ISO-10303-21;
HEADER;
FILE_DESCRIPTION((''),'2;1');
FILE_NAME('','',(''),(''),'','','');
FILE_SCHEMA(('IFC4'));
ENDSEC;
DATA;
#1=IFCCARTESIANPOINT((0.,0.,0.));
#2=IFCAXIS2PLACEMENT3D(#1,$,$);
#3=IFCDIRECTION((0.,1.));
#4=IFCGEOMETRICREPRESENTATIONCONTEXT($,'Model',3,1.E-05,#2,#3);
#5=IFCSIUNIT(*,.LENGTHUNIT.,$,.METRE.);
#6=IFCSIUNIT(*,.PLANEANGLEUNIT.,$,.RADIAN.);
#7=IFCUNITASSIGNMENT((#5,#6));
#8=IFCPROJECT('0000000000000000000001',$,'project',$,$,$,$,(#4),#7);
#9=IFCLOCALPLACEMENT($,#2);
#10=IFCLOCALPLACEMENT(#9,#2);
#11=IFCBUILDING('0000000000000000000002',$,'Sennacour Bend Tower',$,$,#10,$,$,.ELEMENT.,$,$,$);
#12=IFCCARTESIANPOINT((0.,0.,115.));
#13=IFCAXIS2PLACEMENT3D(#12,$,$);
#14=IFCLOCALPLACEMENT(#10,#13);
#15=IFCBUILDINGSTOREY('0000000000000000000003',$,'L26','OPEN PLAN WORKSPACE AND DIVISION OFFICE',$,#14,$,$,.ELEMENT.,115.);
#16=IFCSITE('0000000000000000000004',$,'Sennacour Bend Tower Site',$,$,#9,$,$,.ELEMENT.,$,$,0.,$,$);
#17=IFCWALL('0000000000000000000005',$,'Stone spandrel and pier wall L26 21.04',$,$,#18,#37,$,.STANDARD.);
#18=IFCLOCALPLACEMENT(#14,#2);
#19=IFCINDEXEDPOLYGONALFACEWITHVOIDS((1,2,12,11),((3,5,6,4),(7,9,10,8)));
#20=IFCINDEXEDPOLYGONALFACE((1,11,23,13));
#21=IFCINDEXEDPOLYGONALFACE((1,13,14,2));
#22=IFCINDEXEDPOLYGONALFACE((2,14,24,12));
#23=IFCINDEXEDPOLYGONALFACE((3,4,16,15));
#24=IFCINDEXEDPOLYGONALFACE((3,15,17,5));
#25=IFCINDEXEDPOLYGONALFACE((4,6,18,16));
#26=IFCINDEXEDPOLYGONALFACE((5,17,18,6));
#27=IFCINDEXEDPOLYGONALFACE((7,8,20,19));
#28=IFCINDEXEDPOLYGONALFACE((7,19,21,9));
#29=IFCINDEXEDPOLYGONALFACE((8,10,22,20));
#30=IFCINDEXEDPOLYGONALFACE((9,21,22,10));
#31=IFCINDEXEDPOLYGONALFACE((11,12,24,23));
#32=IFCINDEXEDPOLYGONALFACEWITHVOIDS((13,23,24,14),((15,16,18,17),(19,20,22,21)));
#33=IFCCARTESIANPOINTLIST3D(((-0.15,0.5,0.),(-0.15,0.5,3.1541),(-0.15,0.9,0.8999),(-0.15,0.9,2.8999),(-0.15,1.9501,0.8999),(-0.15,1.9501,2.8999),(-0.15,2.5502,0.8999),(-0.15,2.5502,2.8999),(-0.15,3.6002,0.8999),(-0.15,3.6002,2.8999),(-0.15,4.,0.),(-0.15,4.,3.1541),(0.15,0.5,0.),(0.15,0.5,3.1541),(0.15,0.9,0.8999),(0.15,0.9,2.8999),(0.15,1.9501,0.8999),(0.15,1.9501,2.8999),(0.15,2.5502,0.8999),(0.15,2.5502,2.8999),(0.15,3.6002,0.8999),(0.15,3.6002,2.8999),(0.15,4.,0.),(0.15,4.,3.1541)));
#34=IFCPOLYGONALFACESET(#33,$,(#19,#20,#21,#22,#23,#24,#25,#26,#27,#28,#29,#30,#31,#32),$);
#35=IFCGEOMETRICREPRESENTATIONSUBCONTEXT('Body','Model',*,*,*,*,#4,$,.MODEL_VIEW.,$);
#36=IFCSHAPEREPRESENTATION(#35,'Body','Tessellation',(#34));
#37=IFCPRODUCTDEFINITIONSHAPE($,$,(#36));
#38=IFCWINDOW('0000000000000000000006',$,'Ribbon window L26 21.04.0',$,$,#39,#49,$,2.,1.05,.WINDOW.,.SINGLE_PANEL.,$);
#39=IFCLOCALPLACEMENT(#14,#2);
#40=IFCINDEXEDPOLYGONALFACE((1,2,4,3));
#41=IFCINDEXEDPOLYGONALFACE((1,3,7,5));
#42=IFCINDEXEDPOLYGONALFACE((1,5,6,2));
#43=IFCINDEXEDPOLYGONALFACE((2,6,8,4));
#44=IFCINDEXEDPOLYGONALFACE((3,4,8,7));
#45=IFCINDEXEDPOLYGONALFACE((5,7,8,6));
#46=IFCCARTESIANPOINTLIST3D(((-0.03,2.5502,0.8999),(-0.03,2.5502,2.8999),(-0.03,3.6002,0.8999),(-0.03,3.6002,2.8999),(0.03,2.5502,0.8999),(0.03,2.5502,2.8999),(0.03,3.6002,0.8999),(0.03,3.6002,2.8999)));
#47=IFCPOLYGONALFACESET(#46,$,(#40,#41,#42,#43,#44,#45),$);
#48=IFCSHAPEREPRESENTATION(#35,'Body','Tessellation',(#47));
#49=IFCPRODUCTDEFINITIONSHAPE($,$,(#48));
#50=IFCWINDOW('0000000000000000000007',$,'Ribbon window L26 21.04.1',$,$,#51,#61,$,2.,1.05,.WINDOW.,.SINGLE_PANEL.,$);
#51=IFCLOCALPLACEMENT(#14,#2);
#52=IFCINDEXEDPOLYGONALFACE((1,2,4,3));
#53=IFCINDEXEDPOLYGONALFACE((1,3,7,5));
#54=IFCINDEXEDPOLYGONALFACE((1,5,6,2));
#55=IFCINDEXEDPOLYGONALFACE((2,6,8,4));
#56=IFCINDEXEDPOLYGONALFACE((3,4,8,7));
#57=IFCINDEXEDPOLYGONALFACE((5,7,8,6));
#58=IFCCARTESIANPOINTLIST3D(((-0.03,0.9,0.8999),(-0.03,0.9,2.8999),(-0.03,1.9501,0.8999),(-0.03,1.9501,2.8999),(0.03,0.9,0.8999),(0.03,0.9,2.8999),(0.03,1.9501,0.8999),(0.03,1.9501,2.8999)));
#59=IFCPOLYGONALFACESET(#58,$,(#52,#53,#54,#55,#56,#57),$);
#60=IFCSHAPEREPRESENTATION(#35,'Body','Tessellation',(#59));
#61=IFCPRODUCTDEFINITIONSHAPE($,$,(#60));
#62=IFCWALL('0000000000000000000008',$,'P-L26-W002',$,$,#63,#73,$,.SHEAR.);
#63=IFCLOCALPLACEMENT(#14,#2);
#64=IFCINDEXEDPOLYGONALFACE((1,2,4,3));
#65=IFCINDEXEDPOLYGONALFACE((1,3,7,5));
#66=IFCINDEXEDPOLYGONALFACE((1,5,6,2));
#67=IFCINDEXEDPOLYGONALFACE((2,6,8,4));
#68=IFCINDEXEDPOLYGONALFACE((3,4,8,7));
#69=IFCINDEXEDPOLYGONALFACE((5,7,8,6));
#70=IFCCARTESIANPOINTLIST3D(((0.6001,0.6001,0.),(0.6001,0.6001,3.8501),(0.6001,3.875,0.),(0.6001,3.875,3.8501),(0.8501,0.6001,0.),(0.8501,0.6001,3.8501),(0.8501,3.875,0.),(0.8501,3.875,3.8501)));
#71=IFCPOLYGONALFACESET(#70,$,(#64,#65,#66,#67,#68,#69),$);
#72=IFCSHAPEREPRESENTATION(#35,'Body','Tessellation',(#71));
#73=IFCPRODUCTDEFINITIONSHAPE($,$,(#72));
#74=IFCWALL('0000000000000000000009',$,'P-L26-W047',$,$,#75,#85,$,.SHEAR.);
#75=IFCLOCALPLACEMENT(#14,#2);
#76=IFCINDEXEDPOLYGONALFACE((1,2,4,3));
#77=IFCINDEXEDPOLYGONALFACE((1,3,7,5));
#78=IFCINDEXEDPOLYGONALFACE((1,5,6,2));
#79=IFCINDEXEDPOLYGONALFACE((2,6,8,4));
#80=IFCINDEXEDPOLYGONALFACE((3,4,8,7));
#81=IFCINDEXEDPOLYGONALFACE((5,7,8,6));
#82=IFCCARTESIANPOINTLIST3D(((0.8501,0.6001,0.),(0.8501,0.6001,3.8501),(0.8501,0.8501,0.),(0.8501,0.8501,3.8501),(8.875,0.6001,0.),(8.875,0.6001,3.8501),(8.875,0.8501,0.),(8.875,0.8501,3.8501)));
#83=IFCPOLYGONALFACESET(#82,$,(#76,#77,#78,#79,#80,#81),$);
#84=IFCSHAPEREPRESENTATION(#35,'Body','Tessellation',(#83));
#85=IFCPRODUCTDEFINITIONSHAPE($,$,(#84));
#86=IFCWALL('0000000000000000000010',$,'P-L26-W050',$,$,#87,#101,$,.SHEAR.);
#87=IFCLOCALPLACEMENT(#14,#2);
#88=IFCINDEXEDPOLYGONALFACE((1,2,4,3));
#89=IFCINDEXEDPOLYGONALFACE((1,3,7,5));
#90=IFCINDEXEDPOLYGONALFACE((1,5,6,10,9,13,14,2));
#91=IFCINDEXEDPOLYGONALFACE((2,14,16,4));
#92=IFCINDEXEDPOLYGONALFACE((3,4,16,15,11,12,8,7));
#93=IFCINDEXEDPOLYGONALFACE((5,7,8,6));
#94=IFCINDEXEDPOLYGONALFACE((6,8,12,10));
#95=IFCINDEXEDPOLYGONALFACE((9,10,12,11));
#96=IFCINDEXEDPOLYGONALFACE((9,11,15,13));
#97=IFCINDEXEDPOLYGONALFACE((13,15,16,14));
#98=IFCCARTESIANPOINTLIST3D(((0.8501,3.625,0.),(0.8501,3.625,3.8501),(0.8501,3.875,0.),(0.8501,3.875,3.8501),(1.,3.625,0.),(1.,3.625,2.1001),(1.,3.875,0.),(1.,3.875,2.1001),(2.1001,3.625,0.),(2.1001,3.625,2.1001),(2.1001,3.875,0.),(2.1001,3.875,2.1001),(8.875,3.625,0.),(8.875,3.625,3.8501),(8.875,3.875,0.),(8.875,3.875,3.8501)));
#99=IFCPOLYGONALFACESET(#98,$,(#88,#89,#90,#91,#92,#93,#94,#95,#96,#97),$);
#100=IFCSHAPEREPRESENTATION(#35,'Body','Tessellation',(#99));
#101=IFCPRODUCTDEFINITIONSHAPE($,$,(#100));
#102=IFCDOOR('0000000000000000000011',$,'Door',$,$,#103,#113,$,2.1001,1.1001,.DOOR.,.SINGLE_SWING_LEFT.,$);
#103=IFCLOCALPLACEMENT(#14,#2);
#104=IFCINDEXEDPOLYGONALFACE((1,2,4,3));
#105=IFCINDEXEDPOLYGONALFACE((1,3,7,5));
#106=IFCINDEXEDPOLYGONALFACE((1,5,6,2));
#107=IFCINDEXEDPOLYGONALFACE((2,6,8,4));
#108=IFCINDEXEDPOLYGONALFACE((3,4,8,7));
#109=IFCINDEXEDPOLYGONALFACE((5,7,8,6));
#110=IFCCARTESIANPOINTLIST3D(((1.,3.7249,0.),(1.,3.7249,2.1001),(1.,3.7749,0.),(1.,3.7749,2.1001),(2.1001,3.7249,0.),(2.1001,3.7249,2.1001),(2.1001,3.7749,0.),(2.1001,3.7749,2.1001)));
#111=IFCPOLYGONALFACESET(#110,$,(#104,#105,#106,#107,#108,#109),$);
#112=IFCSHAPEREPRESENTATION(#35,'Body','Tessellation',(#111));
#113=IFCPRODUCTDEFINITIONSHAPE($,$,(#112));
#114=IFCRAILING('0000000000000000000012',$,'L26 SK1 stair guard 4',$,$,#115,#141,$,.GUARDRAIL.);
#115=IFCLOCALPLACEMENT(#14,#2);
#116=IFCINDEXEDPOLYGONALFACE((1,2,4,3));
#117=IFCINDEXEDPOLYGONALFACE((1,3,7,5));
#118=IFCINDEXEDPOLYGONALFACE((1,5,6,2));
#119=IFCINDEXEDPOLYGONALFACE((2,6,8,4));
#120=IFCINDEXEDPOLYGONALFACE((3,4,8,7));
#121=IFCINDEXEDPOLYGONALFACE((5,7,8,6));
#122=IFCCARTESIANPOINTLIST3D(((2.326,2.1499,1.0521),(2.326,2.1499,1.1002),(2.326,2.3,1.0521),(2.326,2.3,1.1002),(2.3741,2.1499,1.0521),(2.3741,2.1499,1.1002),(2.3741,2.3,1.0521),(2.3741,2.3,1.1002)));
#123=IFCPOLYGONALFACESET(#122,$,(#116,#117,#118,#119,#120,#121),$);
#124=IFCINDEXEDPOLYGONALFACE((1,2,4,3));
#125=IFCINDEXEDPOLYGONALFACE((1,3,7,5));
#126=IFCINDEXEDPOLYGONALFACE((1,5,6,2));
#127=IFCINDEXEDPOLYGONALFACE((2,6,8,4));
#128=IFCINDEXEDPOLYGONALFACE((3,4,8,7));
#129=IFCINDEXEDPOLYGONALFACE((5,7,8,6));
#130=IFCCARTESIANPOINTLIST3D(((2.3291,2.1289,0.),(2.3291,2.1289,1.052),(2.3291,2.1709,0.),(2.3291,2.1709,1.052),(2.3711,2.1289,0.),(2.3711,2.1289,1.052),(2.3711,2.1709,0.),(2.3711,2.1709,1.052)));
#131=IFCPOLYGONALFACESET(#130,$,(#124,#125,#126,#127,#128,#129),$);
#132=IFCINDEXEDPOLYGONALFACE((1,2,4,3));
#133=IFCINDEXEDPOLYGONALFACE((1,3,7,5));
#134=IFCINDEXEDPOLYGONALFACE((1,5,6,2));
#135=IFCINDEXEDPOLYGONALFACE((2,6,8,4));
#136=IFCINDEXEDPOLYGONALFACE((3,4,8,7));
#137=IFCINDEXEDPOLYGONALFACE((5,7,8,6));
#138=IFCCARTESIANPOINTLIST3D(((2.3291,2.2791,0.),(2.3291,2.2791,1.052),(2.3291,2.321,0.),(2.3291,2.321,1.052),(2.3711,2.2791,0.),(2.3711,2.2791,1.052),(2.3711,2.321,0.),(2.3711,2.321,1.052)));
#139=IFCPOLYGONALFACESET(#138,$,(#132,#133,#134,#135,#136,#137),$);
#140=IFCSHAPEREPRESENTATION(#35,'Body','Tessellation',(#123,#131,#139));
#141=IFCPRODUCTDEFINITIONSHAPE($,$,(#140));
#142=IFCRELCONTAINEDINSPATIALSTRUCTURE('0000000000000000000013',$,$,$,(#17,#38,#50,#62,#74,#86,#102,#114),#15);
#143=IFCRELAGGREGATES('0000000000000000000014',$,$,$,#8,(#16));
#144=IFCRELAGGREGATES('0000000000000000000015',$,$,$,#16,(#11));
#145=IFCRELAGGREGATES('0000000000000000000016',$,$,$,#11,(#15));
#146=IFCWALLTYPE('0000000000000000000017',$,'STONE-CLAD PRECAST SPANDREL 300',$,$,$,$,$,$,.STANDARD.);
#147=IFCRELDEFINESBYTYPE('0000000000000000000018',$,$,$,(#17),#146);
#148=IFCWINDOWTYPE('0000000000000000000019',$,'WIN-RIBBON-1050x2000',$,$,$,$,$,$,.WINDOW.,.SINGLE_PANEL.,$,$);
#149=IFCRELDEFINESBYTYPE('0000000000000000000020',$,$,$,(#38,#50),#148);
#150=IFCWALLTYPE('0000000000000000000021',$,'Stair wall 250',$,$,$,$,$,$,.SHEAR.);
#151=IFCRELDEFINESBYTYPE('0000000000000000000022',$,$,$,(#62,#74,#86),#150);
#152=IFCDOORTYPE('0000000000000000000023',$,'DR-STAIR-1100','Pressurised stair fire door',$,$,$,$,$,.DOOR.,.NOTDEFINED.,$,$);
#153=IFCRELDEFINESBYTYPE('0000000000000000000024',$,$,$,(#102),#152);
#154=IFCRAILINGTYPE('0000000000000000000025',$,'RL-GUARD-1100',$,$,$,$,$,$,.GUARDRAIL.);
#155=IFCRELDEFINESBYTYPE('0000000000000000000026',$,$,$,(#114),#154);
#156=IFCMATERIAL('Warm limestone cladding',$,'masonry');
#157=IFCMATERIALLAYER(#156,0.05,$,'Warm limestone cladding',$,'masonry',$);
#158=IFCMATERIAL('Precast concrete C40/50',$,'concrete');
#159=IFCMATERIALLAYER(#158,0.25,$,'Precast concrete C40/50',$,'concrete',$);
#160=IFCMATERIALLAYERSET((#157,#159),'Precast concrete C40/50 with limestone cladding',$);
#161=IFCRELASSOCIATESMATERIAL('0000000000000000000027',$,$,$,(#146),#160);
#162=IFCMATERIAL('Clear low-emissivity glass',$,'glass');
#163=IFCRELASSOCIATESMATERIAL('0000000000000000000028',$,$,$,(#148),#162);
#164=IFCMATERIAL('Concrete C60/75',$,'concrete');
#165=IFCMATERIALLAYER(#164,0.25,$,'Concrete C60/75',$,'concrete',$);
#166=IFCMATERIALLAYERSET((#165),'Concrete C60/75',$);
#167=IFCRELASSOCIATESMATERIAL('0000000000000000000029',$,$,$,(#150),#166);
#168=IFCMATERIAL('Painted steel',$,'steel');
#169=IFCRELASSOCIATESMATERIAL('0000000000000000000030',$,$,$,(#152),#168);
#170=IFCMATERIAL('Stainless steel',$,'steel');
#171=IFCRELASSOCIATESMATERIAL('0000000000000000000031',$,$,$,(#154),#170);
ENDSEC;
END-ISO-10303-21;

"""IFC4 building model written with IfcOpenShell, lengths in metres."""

from ifc_helpers import new_model, si_unit, direction, frame, frame_2d, origin, origin_2d, place, context, subcontext, project, spatial, rectangle, extrude, material, layer, layer_set, type_object, element, fill, save


model = new_model("IFC4")

# Units and contexts
model_context = context("Model", 3, precision=1e-05, world=origin(), true_north=direction((0.0, 1.0)))
body_context = subcontext(model_context, "Body", "Model", "MODEL_VIEW")
ifc_project = project(units=[si_unit("LENGTHUNIT", "METRE"), si_unit("PLANEANGLEUNIT", "RADIAN")], contexts=[model_context])

# Site, building, storey
site_placement = place(None, origin())
site = spatial("IfcSite", under=ifc_project, at=site_placement, Name="Sennacour Bend Tower Site", CompositionType="ELEMENT", RefElevation=0.0)
building_placement = place(site_placement, origin())
building = spatial("IfcBuilding", under=site, at=building_placement, Name="Sennacour Bend Tower", CompositionType="ELEMENT")
storey_placement = place(building_placement, frame((0.0, 0.0, 115.0)))
storey = spatial("IfcBuildingStorey", under=building, at=storey_placement, Name="L26", Description="OPEN PLAN WORKSPACE AND DIVISION OFFICE", CompositionType="ELEMENT", Elevation=115.0)

# Shared definitions
ifc_material_1 = material(Name="Painted steel", Category="steel")

# Wall, openings, windows
ifc_material_2 = material(Name="Warm limestone cladding", Category="masonry")
ifc_layer_1 = layer(ifc_material_2, 0.05, Name="Warm limestone cladding", Category="masonry")
ifc_material_3 = material(Name="Precast concrete C40/50", Category="concrete")
ifc_layer_2 = layer(ifc_material_3, 0.25, Name="Precast concrete C40/50", Category="concrete")
ifc_layer_set_1 = layer_set([ifc_layer_1, ifc_layer_2], Name="Precast concrete C40/50 with limestone cladding")
wall_type_1 = type_object("IfcWallType", Name="STONE-CLAD PRECAST SPANDREL 300", PredefinedType="STANDARD", material=ifc_layer_set_1)
ifc_material_4 = material(Name="Clear low-emissivity glass", Category="glass")
window_type = type_object("IfcWindowType", Name="WIN-RIBBON-1050x2000", PartitioningType="SINGLE_PANEL", PredefinedType="WINDOW", material=ifc_material_4)
wall_1_placement = place(storey_placement, frame((0.0, 4.0, 0.0), z_axis=(0.0, 0.0, 1.0), x_axis=(0.0, -1.0, 0.0)))
wall_1 = element("IfcWall", 1, at=wall_1_placement, inside=storey, type_object=wall_type_1, Name="Stone spandrel and pier wall L26 21.04", PredefinedType="STANDARD", context=body_context, shape_type="SweptSolid", body=[
    extrude(rectangle(XDim=3.5, YDim=0.3, at=frame_2d((1.75, 0.0))), origin(), (0.0, 0.0, 1.0), 3.1541),
])
opening_1_placement = place(wall_1_placement, frame((0.3999, 0.0, 0.8999)))
opening_1 = element("IfcOpeningElement", 2, at=opening_1_placement, cuts=wall_1, PredefinedType="OPENING", context=body_context, shape_type="SweptSolid", body=[
    extrude(rectangle(XDim=1.05, YDim=2.0, at=frame_2d((0.5249, 1.0))), frame((0.0, 0.1602, 0.0), z_axis=(0.0, -1.0, 0.0), x_axis=(1.0, 0.0, 0.0)), (0.0, 0.0, 1.0), 0.3201),
])
opening_2_placement = place(wall_1_placement, frame((2.05, 0.0, 0.8999)))
opening_2 = element("IfcOpeningElement", 3, at=opening_2_placement, cuts=wall_1, PredefinedType="OPENING", context=body_context, shape_type="SweptSolid", body=[
    extrude(rectangle(XDim=1.05, YDim=2.0, at=frame_2d((0.5249, 1.0))), frame((0.0, 0.1602, 0.0), z_axis=(0.0, -1.0, 0.0), x_axis=(1.0, 0.0, 0.0)), (0.0, 0.0, 1.0), 0.3201),
])
window_1_placement = place(opening_1_placement, origin())
window_1 = element("IfcWindow", 4, at=window_1_placement, inside=storey, type_object=window_type, Name="Ribbon window L26 21.04.0", OverallHeight=2.0, OverallWidth=1.05, PartitioningType="SINGLE_PANEL", PredefinedType="WINDOW", context=body_context, shape_type="SweptSolid", body=[
    extrude(rectangle(XDim=1.05, YDim=2.0, at=frame_2d((0.5249, 1.0))), frame((0.0, 0.03, 0.0), z_axis=(0.0, -1.0, 0.0), x_axis=(1.0, 0.0, 0.0)), (0.0, 0.0, 1.0), 0.0601),
])
fill(opening_1, window_1)
window_2_placement = place(opening_2_placement, origin())
window_2 = element("IfcWindow", 5, at=window_2_placement, inside=storey, type_object=window_type, Name="Ribbon window L26 21.04.1", OverallHeight=2.0, OverallWidth=1.05, PartitioningType="SINGLE_PANEL", PredefinedType="WINDOW", context=body_context, shape_type="SweptSolid", body=[
    extrude(rectangle(XDim=1.05, YDim=2.0, at=frame_2d((0.5249, 1.0))), frame((0.0, 0.03, 0.0), z_axis=(0.0, -1.0, 0.0), x_axis=(1.0, 0.0, 0.0)), (0.0, 0.0, 1.0), 0.0601),
])
fill(opening_2, window_2)

# Walls
ifc_material_5 = material(Name="Concrete C60/75", Category="concrete")
ifc_layer_3 = layer(ifc_material_5, 0.25, Name="Concrete C60/75", Category="concrete")
ifc_layer_set_2 = layer_set([ifc_layer_3], Name="Concrete C60/75")
wall_type_2 = type_object("IfcWallType", Name="Stair wall 250", PredefinedType="SHEAR", material=ifc_layer_set_2)
wall_2_placement = place(storey_placement, frame((0.7251, 0.6001, 0.0), z_axis=(0.0, 0.0, 1.0), x_axis=(0.0, 1.0, 0.0)))
element("IfcWall", 6, at=wall_2_placement, inside=storey, type_object=wall_type_2, Name="P-L26-W002", PredefinedType="SHEAR", context=body_context, shape_type="SweptSolid", body=[
    extrude(rectangle(XDim=3.2749, YDim=0.25, at=frame_2d((1.6375, 0.0))), origin(), (0.0, 0.0, 1.0), 3.8501),
])
wall_3_placement = place(storey_placement, frame((0.8501, 0.7251, 0.0), z_axis=(0.0, 0.0, 1.0), x_axis=(1.0, 0.0, 0.0)))
element("IfcWall", 7, at=wall_3_placement, inside=storey, type_object=wall_type_2, Name="P-L26-W047", PredefinedType="SHEAR", context=body_context, shape_type="SweptSolid", body=[
    extrude(rectangle(XDim=8.0249, YDim=0.25, at=frame_2d((4.0125, 0.0))), origin(), (0.0, 0.0, 1.0), 3.8501),
])

# Wall, opening, door
wall_4_placement = place(storey_placement, frame((0.8501, 3.75, 0.0), z_axis=(0.0, 0.0, 1.0), x_axis=(1.0, 0.0, 0.0)))
wall_4 = element("IfcWall", 8, at=wall_4_placement, inside=storey, type_object=wall_type_2, Name="P-L26-W050", PredefinedType="SHEAR", context=body_context, shape_type="SweptSolid", body=[
    extrude(rectangle(XDim=8.0249, YDim=0.25, at=frame_2d((4.0125, 0.0))), origin(), (0.0, 0.0, 1.0), 3.8501),
])
opening_3_placement = place(wall_4_placement, frame((0.1499, 0.0, 0.0)))
opening_3 = element("IfcOpeningElement", 9, at=opening_3_placement, cuts=wall_4, PredefinedType="OPENING", context=body_context, shape_type="SweptSolid", body=[
    extrude(rectangle(XDim=1.1001, YDim=2.1001, at=frame_2d((0.55, 1.05))), frame((0.0, 0.135, 0.0), z_axis=(0.0, -1.0, 0.0), x_axis=(1.0, 0.0, 0.0)), (0.0, 0.0, 1.0), 0.27),
])
door_type_1 = type_object("IfcDoorType", Name="DR-STAIR-1100", Description="Pressurised stair fire door", OperationType="NOTDEFINED", PredefinedType="DOOR", material=ifc_material_1)
door_1_placement = place(opening_3_placement, origin())
door_1 = element("IfcDoor", 10, at=door_1_placement, inside=storey, type_object=door_type_1, Name="Door", OperationType="SINGLE_SWING_LEFT", OverallHeight=2.1001, OverallWidth=1.1001, PredefinedType="DOOR", context=body_context, shape_type="SweptSolid", body=[
    extrude(rectangle(XDim=1.1001, YDim=2.1001, at=frame_2d((0.55, 1.05))), frame((0.0, 0.0249, 0.0), z_axis=(0.0, -1.0, 0.0), x_axis=(1.0, 0.0, 0.0)), (0.0, 0.0, 1.0), 0.05),
])
fill(opening_3, door_1)

# Railing
ifc_material_6 = material(Name="Stainless steel", Category="steel")
railing_type = type_object("IfcRailingType", Name="RL-GUARD-1100", PredefinedType="GUARDRAIL", material=ifc_material_6)
railing_placement = place(storey_placement, frame((2.3501, 2.1499, 0.0)))
element("IfcRailing", 11, at=railing_placement, inside=storey, type_object=railing_type, Name="L26 SK1 stair guard 4", PredefinedType="GUARDRAIL", context=body_context, shape_type="SweptSolid", body=[
    extrude(rectangle(XDim=0.0481, YDim=0.0481, at=origin_2d()), frame((0.0, 0.0, 1.0762), z_axis=(0.0, 1.0, 0.0), x_axis=(-1.0, 0.0, 0.0)), (0.0, 0.0, 1.0), 0.1501),
    extrude(rectangle(XDim=0.042, YDim=0.042, at=origin_2d()), origin(), (0.0, 0.0, 1.0), 1.052),
    extrude(rectangle(XDim=0.042, YDim=0.042, at=origin_2d()), frame((0.0, 0.1501, 0.0)), (0.0, 0.0, 1.0), 1.052),
])

save(model, "model.ifc")
